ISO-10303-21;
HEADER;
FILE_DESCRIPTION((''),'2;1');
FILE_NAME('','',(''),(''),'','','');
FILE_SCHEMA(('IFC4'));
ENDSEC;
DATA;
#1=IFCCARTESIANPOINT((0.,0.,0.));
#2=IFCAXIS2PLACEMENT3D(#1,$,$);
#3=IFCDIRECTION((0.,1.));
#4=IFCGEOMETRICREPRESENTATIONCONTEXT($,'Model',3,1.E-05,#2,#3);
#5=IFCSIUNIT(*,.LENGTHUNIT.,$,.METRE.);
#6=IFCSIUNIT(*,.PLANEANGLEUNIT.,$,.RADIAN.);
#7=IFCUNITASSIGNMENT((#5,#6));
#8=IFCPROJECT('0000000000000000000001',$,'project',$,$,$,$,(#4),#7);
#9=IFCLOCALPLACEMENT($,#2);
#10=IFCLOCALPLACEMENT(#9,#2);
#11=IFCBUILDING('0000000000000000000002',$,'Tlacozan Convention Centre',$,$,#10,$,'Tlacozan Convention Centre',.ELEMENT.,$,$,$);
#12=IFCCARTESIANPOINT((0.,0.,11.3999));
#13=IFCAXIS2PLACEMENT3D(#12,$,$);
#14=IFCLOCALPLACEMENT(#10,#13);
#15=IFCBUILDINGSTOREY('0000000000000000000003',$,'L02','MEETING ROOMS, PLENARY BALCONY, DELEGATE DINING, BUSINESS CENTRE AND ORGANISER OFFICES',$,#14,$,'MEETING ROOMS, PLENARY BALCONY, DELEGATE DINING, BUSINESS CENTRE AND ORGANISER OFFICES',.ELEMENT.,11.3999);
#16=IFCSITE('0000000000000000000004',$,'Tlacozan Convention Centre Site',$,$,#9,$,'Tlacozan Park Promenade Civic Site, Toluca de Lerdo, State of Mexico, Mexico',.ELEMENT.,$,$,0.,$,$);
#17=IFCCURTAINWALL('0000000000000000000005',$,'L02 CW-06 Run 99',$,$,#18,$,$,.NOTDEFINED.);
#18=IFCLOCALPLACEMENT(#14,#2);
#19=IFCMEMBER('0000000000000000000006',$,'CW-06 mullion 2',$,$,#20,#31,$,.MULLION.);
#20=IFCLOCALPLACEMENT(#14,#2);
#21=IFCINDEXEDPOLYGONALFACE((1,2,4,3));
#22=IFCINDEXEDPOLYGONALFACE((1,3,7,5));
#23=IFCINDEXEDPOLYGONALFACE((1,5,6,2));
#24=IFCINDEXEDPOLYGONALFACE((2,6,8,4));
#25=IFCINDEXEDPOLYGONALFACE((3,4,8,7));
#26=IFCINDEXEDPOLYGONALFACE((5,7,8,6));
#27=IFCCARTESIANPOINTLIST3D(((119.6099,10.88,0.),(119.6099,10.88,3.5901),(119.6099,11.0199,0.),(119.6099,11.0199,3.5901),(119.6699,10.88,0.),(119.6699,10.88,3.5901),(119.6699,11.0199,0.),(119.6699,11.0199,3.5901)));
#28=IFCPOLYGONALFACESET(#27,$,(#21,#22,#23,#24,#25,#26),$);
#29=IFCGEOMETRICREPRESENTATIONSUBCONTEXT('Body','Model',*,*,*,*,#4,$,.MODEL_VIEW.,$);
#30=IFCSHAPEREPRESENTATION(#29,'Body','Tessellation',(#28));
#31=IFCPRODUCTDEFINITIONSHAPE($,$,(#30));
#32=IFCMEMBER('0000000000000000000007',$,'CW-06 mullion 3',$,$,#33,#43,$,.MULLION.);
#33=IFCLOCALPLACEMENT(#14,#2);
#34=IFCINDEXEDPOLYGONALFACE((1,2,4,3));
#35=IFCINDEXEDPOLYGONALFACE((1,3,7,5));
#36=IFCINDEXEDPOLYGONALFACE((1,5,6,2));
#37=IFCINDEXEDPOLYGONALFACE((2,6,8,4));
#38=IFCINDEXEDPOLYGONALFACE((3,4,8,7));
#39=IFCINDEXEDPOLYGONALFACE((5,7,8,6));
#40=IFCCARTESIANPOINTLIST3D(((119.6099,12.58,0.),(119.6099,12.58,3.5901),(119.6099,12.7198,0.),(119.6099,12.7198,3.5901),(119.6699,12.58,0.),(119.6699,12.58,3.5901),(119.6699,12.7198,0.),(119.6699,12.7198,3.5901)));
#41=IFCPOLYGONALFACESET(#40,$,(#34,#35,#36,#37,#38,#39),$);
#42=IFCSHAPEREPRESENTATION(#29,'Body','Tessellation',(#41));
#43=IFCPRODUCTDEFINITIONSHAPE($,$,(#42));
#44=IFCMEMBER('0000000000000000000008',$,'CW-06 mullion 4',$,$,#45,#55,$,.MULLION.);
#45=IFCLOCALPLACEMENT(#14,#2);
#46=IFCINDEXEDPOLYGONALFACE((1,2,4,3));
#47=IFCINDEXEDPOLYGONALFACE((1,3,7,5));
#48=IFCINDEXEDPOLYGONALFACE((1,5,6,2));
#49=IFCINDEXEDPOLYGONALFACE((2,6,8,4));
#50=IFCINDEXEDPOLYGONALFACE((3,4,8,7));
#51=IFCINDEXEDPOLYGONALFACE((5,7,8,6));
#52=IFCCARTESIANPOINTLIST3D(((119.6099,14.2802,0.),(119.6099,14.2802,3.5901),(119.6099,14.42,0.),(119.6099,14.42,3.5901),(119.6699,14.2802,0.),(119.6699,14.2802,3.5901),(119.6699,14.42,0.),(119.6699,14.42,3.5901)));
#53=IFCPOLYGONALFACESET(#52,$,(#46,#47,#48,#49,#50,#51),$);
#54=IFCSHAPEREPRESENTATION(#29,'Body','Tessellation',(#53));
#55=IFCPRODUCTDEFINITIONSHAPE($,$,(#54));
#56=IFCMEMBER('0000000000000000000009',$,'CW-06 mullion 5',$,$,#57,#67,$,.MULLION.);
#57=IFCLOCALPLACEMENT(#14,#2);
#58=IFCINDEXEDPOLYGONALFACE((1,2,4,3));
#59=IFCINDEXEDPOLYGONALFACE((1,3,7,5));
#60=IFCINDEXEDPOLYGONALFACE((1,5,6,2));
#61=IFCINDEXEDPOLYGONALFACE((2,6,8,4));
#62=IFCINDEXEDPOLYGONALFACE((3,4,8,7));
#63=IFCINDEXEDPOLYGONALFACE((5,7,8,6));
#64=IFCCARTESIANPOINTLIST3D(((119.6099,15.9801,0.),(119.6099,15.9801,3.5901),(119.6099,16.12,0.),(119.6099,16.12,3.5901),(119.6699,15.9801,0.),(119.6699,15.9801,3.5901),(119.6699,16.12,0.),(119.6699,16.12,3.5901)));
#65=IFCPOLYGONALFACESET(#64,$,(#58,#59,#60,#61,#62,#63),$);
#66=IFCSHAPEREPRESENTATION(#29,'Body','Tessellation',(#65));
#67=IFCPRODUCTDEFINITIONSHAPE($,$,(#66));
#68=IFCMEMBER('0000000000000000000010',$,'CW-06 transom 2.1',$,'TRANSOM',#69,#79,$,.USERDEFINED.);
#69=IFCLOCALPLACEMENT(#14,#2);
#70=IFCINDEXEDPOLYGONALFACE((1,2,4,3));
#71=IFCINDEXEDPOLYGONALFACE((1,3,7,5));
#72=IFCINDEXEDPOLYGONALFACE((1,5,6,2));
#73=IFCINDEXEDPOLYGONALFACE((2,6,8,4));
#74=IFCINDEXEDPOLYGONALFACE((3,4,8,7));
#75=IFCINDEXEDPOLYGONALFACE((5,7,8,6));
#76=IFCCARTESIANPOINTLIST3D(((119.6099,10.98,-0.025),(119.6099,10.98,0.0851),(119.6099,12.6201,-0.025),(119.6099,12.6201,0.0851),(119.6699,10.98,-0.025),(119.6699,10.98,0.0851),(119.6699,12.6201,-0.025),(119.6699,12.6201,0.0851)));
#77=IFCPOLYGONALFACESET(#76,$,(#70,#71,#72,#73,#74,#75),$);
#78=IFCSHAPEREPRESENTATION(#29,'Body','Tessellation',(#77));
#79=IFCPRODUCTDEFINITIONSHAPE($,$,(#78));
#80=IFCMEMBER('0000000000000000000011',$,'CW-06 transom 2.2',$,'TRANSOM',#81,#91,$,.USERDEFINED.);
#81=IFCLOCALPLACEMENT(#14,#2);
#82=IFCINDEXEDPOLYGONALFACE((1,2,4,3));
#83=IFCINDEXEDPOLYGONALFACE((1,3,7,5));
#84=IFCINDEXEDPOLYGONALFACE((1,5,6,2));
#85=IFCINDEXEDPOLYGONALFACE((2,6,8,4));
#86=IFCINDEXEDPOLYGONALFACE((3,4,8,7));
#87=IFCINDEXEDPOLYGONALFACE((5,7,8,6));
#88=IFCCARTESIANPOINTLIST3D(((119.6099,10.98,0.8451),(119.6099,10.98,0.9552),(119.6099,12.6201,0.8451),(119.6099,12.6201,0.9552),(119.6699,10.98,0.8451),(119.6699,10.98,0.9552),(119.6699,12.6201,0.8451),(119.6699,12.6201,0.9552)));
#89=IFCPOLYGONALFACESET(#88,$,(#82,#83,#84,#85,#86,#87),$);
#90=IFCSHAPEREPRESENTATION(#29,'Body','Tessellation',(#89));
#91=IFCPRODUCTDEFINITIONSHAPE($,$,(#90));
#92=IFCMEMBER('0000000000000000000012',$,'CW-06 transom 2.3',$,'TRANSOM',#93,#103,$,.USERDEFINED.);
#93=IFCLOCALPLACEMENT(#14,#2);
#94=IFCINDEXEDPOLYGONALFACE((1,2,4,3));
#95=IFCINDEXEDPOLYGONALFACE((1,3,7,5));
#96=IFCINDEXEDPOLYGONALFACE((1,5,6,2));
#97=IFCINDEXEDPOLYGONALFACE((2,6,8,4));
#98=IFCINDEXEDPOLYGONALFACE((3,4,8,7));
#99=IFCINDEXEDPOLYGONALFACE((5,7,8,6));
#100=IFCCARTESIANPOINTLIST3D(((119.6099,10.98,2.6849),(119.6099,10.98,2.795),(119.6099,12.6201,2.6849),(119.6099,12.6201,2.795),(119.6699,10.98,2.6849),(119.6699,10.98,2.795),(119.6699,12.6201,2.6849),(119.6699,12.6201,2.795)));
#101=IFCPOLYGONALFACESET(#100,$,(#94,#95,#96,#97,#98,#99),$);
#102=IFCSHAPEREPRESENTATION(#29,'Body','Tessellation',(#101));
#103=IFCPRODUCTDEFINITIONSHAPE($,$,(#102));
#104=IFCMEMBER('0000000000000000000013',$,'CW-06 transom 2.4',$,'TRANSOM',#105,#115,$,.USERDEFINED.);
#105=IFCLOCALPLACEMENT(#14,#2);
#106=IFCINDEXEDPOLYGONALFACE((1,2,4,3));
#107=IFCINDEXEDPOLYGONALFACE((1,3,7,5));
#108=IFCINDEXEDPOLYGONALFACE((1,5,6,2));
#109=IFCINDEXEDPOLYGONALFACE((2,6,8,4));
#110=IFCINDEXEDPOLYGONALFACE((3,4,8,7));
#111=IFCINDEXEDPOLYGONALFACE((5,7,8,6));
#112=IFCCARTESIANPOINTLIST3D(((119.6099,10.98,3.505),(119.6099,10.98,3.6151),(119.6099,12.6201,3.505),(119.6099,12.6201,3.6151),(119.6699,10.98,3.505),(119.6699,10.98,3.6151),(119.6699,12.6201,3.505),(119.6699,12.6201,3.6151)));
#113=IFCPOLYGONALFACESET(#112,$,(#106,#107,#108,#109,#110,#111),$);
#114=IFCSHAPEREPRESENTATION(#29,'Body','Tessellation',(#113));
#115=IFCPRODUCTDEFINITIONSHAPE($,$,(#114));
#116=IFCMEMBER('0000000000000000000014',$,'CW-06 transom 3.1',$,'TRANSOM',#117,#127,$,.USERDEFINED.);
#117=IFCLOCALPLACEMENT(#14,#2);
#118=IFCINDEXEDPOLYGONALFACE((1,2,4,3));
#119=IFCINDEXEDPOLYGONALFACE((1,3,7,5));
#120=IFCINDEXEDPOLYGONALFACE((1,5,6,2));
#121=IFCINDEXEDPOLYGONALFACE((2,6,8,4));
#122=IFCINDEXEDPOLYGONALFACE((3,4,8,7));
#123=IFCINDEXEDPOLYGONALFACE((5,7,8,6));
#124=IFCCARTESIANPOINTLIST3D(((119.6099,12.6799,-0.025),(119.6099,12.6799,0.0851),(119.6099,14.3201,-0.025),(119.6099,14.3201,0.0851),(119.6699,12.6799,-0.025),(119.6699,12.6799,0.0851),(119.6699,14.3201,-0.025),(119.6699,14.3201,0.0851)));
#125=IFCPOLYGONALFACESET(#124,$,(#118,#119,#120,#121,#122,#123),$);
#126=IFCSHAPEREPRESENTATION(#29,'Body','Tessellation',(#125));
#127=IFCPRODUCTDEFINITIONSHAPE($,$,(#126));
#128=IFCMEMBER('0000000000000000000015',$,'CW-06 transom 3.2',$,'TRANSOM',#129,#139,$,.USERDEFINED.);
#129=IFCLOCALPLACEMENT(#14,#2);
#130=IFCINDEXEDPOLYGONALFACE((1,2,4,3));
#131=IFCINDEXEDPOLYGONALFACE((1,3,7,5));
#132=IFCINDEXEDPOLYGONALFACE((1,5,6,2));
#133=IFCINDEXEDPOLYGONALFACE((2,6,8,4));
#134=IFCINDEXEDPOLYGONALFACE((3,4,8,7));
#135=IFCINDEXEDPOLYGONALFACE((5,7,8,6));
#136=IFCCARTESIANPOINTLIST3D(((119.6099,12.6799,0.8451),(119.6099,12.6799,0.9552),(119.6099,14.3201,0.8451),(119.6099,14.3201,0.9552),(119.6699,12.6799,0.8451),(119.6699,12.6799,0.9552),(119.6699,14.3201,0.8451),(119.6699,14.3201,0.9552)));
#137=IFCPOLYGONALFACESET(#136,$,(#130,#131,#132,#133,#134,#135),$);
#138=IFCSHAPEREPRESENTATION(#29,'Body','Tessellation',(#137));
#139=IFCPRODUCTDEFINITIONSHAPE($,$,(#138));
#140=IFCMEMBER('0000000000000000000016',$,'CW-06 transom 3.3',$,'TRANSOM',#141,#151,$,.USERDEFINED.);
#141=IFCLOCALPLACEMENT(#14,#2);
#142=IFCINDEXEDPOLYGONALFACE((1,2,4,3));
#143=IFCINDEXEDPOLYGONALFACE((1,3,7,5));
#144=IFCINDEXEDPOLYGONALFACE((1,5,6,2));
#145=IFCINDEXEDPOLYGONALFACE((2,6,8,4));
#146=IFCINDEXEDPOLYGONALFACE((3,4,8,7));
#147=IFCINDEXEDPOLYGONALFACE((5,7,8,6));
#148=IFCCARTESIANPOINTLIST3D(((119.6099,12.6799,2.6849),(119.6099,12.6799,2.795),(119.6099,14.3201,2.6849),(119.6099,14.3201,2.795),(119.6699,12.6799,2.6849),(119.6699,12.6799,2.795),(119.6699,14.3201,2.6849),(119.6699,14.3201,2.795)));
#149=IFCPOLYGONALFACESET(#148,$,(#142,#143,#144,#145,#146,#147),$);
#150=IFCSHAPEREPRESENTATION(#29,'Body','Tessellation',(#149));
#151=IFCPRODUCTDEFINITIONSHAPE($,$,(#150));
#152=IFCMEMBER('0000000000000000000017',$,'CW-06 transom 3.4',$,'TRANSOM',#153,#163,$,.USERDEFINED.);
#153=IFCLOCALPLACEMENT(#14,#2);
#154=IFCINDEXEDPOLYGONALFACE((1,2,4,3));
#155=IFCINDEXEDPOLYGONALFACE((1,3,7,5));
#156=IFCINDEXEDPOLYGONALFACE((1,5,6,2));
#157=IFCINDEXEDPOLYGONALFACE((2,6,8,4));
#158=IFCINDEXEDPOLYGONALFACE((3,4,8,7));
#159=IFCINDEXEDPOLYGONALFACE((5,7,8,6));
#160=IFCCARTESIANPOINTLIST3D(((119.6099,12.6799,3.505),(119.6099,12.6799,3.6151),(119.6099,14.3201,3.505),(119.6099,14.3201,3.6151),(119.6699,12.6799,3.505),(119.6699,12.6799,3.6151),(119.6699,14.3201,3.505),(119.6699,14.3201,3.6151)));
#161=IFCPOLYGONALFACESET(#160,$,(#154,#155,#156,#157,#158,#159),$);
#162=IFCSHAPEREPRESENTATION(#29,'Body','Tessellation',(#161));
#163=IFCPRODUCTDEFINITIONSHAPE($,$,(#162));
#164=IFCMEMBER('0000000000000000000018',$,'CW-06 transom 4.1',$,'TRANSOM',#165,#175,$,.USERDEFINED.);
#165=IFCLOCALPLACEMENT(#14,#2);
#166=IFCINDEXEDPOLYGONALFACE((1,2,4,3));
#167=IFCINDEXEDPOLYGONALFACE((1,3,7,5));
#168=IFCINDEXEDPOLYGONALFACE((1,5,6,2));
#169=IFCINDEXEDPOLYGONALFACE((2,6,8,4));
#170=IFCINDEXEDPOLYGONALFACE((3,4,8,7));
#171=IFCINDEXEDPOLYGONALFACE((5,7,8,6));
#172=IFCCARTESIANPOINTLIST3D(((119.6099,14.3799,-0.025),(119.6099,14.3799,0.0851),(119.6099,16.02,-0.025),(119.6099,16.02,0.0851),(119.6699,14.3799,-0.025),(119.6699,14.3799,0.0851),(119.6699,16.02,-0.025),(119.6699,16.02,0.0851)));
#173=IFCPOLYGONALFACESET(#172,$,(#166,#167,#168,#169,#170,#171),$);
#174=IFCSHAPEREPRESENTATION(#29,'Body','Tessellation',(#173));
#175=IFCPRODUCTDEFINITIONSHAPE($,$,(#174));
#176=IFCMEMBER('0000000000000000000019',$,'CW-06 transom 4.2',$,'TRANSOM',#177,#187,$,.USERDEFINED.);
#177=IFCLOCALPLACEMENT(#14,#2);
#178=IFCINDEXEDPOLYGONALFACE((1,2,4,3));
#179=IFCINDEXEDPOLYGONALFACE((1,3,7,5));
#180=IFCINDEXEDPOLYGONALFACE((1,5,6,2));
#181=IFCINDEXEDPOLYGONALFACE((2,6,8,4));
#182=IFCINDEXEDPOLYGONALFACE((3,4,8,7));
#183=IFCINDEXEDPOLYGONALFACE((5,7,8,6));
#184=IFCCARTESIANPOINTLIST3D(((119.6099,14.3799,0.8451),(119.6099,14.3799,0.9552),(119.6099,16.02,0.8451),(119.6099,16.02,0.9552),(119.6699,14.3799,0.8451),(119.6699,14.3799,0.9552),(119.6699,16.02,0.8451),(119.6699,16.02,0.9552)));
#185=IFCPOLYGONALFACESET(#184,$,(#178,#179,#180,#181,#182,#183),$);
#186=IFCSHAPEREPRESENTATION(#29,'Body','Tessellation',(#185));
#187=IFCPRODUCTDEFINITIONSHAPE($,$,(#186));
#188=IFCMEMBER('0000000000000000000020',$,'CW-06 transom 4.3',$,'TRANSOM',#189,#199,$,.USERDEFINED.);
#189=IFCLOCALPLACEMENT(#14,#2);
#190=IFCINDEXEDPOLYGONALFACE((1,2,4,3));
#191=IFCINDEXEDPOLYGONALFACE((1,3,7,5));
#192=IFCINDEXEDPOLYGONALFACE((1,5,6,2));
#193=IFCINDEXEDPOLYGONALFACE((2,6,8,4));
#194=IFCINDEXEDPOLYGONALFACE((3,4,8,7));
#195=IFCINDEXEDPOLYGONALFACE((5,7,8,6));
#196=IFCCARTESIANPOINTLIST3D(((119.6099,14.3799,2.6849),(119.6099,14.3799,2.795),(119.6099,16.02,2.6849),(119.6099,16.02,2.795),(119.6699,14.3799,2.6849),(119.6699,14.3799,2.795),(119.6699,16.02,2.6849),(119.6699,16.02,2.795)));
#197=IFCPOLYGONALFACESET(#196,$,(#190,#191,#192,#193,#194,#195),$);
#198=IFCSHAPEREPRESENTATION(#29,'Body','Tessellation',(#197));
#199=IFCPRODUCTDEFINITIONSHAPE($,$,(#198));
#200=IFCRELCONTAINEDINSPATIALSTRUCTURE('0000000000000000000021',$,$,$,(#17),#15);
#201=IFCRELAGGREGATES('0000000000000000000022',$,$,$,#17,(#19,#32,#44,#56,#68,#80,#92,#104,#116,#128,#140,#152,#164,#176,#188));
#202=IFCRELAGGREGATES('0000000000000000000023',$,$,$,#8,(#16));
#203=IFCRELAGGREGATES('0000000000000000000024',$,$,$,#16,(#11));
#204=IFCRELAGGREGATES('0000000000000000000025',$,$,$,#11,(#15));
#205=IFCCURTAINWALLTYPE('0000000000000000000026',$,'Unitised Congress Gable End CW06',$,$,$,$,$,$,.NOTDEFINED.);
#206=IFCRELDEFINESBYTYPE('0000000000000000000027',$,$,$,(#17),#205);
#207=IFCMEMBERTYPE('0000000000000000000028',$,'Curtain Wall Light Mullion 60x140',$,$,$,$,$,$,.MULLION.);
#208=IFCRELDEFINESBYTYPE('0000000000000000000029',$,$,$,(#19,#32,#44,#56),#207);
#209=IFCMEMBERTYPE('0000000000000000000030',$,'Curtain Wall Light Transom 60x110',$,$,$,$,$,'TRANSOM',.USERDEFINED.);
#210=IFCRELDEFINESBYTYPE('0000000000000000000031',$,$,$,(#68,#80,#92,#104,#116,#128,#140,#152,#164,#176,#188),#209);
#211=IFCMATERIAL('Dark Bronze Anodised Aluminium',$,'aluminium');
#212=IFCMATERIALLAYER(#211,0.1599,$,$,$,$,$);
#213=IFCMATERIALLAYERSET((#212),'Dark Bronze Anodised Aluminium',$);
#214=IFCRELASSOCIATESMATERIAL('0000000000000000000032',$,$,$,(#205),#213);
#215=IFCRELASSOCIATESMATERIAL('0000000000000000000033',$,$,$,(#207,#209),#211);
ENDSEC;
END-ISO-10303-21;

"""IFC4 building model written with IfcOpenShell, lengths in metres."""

from ifc_helpers import new_model, si_unit, direction, frame, origin, origin_2d, place, context, subcontext, project, spatial, rectangle, extrude, material, layer, layer_set, material_profile, profile_set, type_object, element, aggregate, save


model = new_model("IFC4")

# Units and contexts
model_context = context("Model", 3, precision=1e-05, world=origin(), true_north=direction((0.0, 1.0)))
body_context = subcontext(model_context, "Body", "Model", "MODEL_VIEW")
ifc_project = project(units=[si_unit("LENGTHUNIT", "METRE"), si_unit("PLANEANGLEUNIT", "RADIAN")], contexts=[model_context])

# Site, building, storey
site_placement = place(None, origin())
site = spatial("IfcSite", under=ifc_project, at=site_placement, Name="Tlacozan Convention Centre Site", LongName="Tlacozan Park Promenade Civic Site, Toluca de Lerdo, State of Mexico, Mexico", CompositionType="ELEMENT", RefElevation=0.0)
building_placement = place(site_placement, origin())
building = spatial("IfcBuilding", under=site, at=building_placement, Name="Tlacozan Convention Centre", LongName="Tlacozan Convention Centre", CompositionType="ELEMENT")
storey_placement = place(building_placement, frame((0.0, 0.0, 11.3999)))
storey = spatial("IfcBuildingStorey", under=building, at=storey_placement, Name="L02", Description="MEETING ROOMS, PLENARY BALCONY, DELEGATE DINING, BUSINESS CENTRE AND ORGANISER OFFICES", LongName="MEETING ROOMS, PLENARY BALCONY, DELEGATE DINING, BUSINESS CENTRE AND ORGANISER OFFICES", CompositionType="ELEMENT", Elevation=11.3999)

# Curtain wall, members
ifc_material_1 = material(Name="Dark Bronze Anodised Aluminium", Category="aluminium")
ifc_layer_1 = layer(ifc_material_1, 0.1599)
ifc_layer_set_1 = layer_set([ifc_layer_1], Name="Dark Bronze Anodised Aluminium")
curtain_wall_type = type_object("IfcCurtainWallType", Name="Unitised Congress Gable End CW06", PredefinedType="NOTDEFINED", material=ifc_layer_set_1)
curtain_wall_placement = place(storey_placement, origin())
curtain_wall = element("IfcCurtainWall", 1, at=curtain_wall_placement, inside=storey, type_object=curtain_wall_type, Name="L02 CW-06 Run 99", PredefinedType="NOTDEFINED")
ifc_material_profile_1 = material_profile(ifc_material_1, rectangle(XDim=0.0601, YDim=0.1399, at=origin_2d()), Name="ALU 60x140")
ifc_profile_set_1 = profile_set([ifc_material_profile_1], Name="Dark Bronze Anodised Aluminium")
member_type_1 = type_object("IfcMemberType", Name="Curtain Wall Light Mullion 60x140", PredefinedType="MULLION", material=ifc_profile_set_1)
member_1_placement = place(storey_placement, frame((119.6399, 10.95, 0.0), z_axis=(0.0, 0.0, 1.0), x_axis=(-1.0, 0.0, 0.0)))
member_1 = element("IfcMember", 2, at=member_1_placement, type_object=member_type_1, Name="CW-06 mullion 2", PredefinedType="MULLION", context=body_context, shape_type="SweptSolid", body=[
    extrude(rectangle(XDim=0.0601, YDim=0.1399, at=origin_2d()), origin(), (0.0, 0.0, 1.0), 3.5901),
])
member_2_placement = place(storey_placement, frame((119.6399, 12.6499, 0.0), z_axis=(0.0, 0.0, 1.0), x_axis=(-1.0, 0.0, 0.0)))
member_2 = element("IfcMember", 3, at=member_2_placement, type_object=member_type_1, Name="CW-06 mullion 3", PredefinedType="MULLION", context=body_context, shape_type="SweptSolid", body=[
    extrude(rectangle(XDim=0.0601, YDim=0.1399, at=origin_2d()), origin(), (0.0, 0.0, 1.0), 3.5901),
])
member_3_placement = place(storey_placement, frame((119.6399, 14.3501, 0.0), z_axis=(0.0, 0.0, 1.0), x_axis=(-1.0, 0.0, 0.0)))
member_3 = element("IfcMember", 4, at=member_3_placement, type_object=member_type_1, Name="CW-06 mullion 4", PredefinedType="MULLION", context=body_context, shape_type="SweptSolid", body=[
    extrude(rectangle(XDim=0.0601, YDim=0.1399, at=origin_2d()), origin(), (0.0, 0.0, 1.0), 3.5901),
])
member_4_placement = place(storey_placement, frame((119.6399, 16.05, 0.0), z_axis=(0.0, 0.0, 1.0), x_axis=(-1.0, 0.0, 0.0)))
member_4 = element("IfcMember", 5, at=member_4_placement, type_object=member_type_1, Name="CW-06 mullion 5", PredefinedType="MULLION", context=body_context, shape_type="SweptSolid", body=[
    extrude(rectangle(XDim=0.0601, YDim=0.1399, at=origin_2d()), origin(), (0.0, 0.0, 1.0), 3.5901),
])
ifc_material_profile_2 = material_profile(ifc_material_1, rectangle(XDim=0.0601, YDim=0.1101, at=origin_2d()), Name="ALU 60x110")
ifc_profile_set_2 = profile_set([ifc_material_profile_2], Name="Dark Bronze Anodised Aluminium")
member_type_2 = type_object("IfcMemberType", Name="Curtain Wall Light Transom 60x110", ElementType="TRANSOM", PredefinedType="USERDEFINED", material=ifc_profile_set_2)
member_5_placement = place(storey_placement, frame((119.6399, 10.98, 0.03), z_axis=(0.0, 1.0, 0.0), x_axis=(-1.0, 0.0, 0.0)))
member_5 = element("IfcMember", 6, at=member_5_placement, type_object=member_type_2, Name="CW-06 transom 2.1", ObjectType="TRANSOM", PredefinedType="USERDEFINED", context=body_context, shape_type="SweptSolid", body=[
    extrude(rectangle(XDim=0.0601, YDim=0.1101, at=origin_2d()), origin(), (0.0, 0.0, 1.0), 1.6401),
])
member_6_placement = place(storey_placement, frame((119.6399, 10.98, 0.9001), z_axis=(0.0, 1.0, 0.0), x_axis=(-1.0, 0.0, 0.0)))
member_6 = element("IfcMember", 7, at=member_6_placement, type_object=member_type_2, Name="CW-06 transom 2.2", ObjectType="TRANSOM", PredefinedType="USERDEFINED", context=body_context, shape_type="SweptSolid", body=[
    extrude(rectangle(XDim=0.0601, YDim=0.1101, at=origin_2d()), origin(), (0.0, 0.0, 1.0), 1.6401),
])
member_7_placement = place(storey_placement, frame((119.6399, 10.98, 2.74), z_axis=(0.0, 1.0, 0.0), x_axis=(-1.0, 0.0, 0.0)))
member_7 = element("IfcMember", 8, at=member_7_placement, type_object=member_type_2, Name="CW-06 transom 2.3", ObjectType="TRANSOM", PredefinedType="USERDEFINED", context=body_context, shape_type="SweptSolid", body=[
    extrude(rectangle(XDim=0.0601, YDim=0.1101, at=origin_2d()), origin(), (0.0, 0.0, 1.0), 1.6401),
])
member_8_placement = place(storey_placement, frame((119.6399, 10.98, 3.5601), z_axis=(0.0, 1.0, 0.0), x_axis=(-1.0, 0.0, 0.0)))
member_8 = element("IfcMember", 9, at=member_8_placement, type_object=member_type_2, Name="CW-06 transom 2.4", ObjectType="TRANSOM", PredefinedType="USERDEFINED", context=body_context, shape_type="SweptSolid", body=[
    extrude(rectangle(XDim=0.0601, YDim=0.1101, at=origin_2d()), origin(), (0.0, 0.0, 1.0), 1.6401),
])
member_9_placement = place(storey_placement, frame((119.6399, 12.6799, 0.03), z_axis=(0.0, 1.0, 0.0), x_axis=(-1.0, 0.0, 0.0)))
member_9 = element("IfcMember", 10, at=member_9_placement, type_object=member_type_2, Name="CW-06 transom 3.1", ObjectType="TRANSOM", PredefinedType="USERDEFINED", context=body_context, shape_type="SweptSolid", body=[
    extrude(rectangle(XDim=0.0601, YDim=0.1101, at=origin_2d()), origin(), (0.0, 0.0, 1.0), 1.6401),
])
member_10_placement = place(storey_placement, frame((119.6399, 12.6799, 0.9001), z_axis=(0.0, 1.0, 0.0), x_axis=(-1.0, 0.0, 0.0)))
member_10 = element("IfcMember", 11, at=member_10_placement, type_object=member_type_2, Name="CW-06 transom 3.2", ObjectType="TRANSOM", PredefinedType="USERDEFINED", context=body_context, shape_type="SweptSolid", body=[
    extrude(rectangle(XDim=0.0601, YDim=0.1101, at=origin_2d()), origin(), (0.0, 0.0, 1.0), 1.6401),
])
member_11_placement = place(storey_placement, frame((119.6399, 12.6799, 2.74), z_axis=(0.0, 1.0, 0.0), x_axis=(-1.0, 0.0, 0.0)))
member_11 = element("IfcMember", 12, at=member_11_placement, type_object=member_type_2, Name="CW-06 transom 3.3", ObjectType="TRANSOM", PredefinedType="USERDEFINED", context=body_context, shape_type="SweptSolid", body=[
    extrude(rectangle(XDim=0.0601, YDim=0.1101, at=origin_2d()), origin(), (0.0, 0.0, 1.0), 1.6401),
])
member_12_placement = place(storey_placement, frame((119.6399, 12.6799, 3.5601), z_axis=(0.0, 1.0, 0.0), x_axis=(-1.0, 0.0, 0.0)))
member_12 = element("IfcMember", 13, at=member_12_placement, type_object=member_type_2, Name="CW-06 transom 3.4", ObjectType="TRANSOM", PredefinedType="USERDEFINED", context=body_context, shape_type="SweptSolid", body=[
    extrude(rectangle(XDim=0.0601, YDim=0.1101, at=origin_2d()), origin(), (0.0, 0.0, 1.0), 1.6401),
])
member_13_placement = place(storey_placement, frame((119.6399, 14.3799, 0.03), z_axis=(0.0, 1.0, 0.0), x_axis=(-1.0, 0.0, 0.0)))
member_13 = element("IfcMember", 14, at=member_13_placement, type_object=member_type_2, Name="CW-06 transom 4.1", ObjectType="TRANSOM", PredefinedType="USERDEFINED", context=body_context, shape_type="SweptSolid", body=[
    extrude(rectangle(XDim=0.0601, YDim=0.1101, at=origin_2d()), origin(), (0.0, 0.0, 1.0), 1.6401),
])
member_14_placement = place(storey_placement, frame((119.6399, 14.3799, 0.9001), z_axis=(0.0, 1.0, 0.0), x_axis=(-1.0, 0.0, 0.0)))
member_14 = element("IfcMember", 15, at=member_14_placement, type_object=member_type_2, Name="CW-06 transom 4.2", ObjectType="TRANSOM", PredefinedType="USERDEFINED", context=body_context, shape_type="SweptSolid", body=[
    extrude(rectangle(XDim=0.0601, YDim=0.1101, at=origin_2d()), origin(), (0.0, 0.0, 1.0), 1.6401),
])
member_15_placement = place(storey_placement, frame((119.6399, 14.3799, 2.74), z_axis=(0.0, 1.0, 0.0), x_axis=(-1.0, 0.0, 0.0)))
member_15 = element("IfcMember", 16, at=member_15_placement, type_object=member_type_2, Name="CW-06 transom 4.3", ObjectType="TRANSOM", PredefinedType="USERDEFINED", context=body_context, shape_type="SweptSolid", body=[
    extrude(rectangle(XDim=0.0601, YDim=0.1101, at=origin_2d()), origin(), (0.0, 0.0, 1.0), 1.6401),
])
aggregate(curtain_wall, [member_1, member_2, member_3, member_4, member_5, member_6, member_7, member_8, member_9, member_10, member_11, member_12, member_13, member_14, member_15])

save(model, "model.ifc")
